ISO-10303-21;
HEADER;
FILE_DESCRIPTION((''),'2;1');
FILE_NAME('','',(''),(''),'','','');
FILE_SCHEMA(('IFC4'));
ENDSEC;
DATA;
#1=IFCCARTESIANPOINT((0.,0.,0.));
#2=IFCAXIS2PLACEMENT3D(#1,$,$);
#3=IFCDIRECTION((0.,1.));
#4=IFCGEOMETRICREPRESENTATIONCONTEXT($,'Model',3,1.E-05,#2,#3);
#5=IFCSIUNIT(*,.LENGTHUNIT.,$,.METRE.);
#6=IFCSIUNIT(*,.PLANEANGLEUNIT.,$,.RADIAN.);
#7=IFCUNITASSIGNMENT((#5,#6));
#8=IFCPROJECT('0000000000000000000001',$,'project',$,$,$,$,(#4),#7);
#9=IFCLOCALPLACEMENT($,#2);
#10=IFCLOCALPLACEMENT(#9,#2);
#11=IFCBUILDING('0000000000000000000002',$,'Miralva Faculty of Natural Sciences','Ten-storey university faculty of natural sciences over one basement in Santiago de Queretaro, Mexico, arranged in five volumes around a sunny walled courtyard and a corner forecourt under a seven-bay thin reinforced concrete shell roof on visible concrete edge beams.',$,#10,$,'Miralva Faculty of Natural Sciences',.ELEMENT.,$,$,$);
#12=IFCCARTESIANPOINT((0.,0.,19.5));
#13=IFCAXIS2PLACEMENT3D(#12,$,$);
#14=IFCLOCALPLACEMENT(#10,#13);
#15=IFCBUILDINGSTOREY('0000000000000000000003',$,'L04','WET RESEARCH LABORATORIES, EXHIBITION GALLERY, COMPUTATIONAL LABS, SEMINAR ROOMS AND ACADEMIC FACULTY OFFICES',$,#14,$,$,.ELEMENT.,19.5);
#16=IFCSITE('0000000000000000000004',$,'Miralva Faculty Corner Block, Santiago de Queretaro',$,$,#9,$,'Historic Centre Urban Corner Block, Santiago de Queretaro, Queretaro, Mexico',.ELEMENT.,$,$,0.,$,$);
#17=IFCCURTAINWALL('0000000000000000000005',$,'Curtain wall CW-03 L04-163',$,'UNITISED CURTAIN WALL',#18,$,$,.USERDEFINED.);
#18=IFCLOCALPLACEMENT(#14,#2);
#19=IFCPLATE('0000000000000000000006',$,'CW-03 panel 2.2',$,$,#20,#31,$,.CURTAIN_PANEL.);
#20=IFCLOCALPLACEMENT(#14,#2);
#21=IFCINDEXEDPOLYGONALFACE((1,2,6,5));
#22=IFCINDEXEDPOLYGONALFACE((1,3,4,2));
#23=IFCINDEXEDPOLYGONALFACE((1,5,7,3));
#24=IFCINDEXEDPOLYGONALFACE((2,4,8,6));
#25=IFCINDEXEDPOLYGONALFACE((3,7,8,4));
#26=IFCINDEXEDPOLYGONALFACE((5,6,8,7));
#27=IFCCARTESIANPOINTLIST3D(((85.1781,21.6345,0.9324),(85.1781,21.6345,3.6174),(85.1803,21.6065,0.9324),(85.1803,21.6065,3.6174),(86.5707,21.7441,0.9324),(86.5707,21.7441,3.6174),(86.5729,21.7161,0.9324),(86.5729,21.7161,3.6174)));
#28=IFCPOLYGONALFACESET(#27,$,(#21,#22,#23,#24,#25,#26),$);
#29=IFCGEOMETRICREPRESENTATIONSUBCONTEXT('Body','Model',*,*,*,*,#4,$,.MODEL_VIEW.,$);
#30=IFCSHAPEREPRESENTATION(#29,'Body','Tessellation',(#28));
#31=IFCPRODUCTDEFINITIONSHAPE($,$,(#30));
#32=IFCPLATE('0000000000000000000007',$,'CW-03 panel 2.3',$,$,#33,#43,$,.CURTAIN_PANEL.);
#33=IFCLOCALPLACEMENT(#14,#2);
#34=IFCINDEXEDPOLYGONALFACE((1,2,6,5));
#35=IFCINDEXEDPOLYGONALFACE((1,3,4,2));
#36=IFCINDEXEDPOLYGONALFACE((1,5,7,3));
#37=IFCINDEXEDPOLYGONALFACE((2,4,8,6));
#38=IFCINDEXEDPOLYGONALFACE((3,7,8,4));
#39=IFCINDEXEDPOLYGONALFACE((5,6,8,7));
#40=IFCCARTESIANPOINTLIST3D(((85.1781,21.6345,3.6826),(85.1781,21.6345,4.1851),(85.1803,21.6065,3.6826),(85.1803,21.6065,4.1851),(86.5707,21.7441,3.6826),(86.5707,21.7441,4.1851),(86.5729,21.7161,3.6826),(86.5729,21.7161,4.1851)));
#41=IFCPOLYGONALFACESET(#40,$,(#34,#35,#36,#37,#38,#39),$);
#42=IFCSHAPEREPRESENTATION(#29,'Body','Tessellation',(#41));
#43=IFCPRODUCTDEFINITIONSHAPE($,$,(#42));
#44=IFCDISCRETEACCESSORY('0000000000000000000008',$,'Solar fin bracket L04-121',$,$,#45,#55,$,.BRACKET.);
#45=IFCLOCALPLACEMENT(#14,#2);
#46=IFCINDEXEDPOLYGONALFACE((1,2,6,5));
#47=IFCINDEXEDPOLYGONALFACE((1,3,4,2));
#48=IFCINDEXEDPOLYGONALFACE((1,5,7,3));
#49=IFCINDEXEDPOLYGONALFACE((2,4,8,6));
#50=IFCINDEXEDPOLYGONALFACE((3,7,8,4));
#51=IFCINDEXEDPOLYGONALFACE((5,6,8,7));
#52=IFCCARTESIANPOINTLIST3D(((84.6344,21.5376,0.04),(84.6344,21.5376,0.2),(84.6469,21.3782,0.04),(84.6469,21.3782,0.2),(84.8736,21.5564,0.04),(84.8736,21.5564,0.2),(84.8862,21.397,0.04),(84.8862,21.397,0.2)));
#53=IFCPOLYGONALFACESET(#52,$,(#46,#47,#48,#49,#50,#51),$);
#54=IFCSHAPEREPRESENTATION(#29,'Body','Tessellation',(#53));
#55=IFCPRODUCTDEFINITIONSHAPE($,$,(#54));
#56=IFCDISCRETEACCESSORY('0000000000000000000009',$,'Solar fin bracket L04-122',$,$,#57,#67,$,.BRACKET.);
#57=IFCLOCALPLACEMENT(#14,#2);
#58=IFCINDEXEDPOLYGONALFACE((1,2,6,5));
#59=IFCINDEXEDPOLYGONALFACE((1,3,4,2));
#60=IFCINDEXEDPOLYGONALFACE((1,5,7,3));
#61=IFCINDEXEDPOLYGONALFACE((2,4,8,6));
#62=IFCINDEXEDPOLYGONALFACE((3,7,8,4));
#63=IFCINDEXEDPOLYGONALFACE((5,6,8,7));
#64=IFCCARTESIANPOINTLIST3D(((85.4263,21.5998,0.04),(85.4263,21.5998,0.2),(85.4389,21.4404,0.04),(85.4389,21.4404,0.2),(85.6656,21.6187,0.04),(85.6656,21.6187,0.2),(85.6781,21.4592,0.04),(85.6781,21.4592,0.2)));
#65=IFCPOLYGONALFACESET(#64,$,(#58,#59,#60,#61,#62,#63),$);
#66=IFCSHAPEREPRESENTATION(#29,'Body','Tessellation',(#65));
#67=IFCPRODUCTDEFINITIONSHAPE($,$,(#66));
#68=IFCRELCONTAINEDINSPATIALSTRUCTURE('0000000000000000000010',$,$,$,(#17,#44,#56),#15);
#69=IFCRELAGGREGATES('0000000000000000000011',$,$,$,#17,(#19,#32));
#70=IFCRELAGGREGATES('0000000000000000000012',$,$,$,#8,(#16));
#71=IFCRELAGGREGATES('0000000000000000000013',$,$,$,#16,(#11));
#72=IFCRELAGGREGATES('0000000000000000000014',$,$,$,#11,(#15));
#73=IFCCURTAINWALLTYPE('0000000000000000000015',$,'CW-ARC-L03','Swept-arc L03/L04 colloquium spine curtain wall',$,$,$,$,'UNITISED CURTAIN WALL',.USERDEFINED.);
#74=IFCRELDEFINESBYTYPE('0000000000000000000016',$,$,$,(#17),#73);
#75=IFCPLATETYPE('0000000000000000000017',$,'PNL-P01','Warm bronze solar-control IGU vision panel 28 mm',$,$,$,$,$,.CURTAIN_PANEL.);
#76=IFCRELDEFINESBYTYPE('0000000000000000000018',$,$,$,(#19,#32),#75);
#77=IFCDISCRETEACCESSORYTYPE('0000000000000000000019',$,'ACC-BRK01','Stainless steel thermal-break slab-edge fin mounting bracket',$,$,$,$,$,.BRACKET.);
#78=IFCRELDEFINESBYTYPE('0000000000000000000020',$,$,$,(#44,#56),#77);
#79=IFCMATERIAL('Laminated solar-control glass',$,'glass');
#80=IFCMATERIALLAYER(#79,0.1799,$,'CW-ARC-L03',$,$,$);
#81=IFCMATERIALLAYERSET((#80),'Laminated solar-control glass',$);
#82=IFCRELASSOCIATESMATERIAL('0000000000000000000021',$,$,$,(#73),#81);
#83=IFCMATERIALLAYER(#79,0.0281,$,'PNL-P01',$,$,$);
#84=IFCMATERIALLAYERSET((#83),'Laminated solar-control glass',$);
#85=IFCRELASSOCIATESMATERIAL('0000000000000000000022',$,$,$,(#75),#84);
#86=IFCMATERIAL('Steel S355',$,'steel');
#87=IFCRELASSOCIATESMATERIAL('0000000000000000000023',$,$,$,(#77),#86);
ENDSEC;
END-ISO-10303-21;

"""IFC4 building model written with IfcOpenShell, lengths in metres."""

from ifc_helpers import new_model, si_unit, direction, frame, origin, origin_2d, place, context, subcontext, project, spatial, rectangle, extrude, material, layer, layer_set, type_object, element, aggregate, save


model = new_model("IFC4")

# Units and contexts
model_context = context("Model", 3, precision=1e-05, world=origin(), true_north=direction((0.0, 1.0)))
body_context = subcontext(model_context, "Body", "Model", "MODEL_VIEW")
ifc_project = project(units=[si_unit("LENGTHUNIT", "METRE"), si_unit("PLANEANGLEUNIT", "RADIAN")], contexts=[model_context])

# Site, building, storey
site_placement = place(None, origin())
site = spatial("IfcSite", under=ifc_project, at=site_placement, Name="Miralva Faculty Corner Block, Santiago de Queretaro", LongName="Historic Centre Urban Corner Block, Santiago de Queretaro, Queretaro, Mexico", CompositionType="ELEMENT", RefElevation=0.0)
building_placement = place(site_placement, origin())
building = spatial("IfcBuilding", under=site, at=building_placement, Name="Miralva Faculty of Natural Sciences", Description="Ten-storey university faculty of natural sciences over one basement in Santiago de Queretaro, Mexico, arranged in five volumes around a sunny walled courtyard and a corner forecourt under a seven-bay thin reinforced concrete shell roof on visible concrete edge beams.", LongName="Miralva Faculty of Natural Sciences", CompositionType="ELEMENT")
storey_placement = place(building_placement, frame((0.0, 0.0, 19.5)))
storey = spatial("IfcBuildingStorey", under=building, at=storey_placement, Name="L04", Description="WET RESEARCH LABORATORIES, EXHIBITION GALLERY, COMPUTATIONAL LABS, SEMINAR ROOMS AND ACADEMIC FACULTY OFFICES", CompositionType="ELEMENT", Elevation=19.5)

# Shared definitions
ifc_material_1 = material(Name="Laminated solar-control glass", Category="glass")
ifc_layer_1 = layer(ifc_material_1, 0.1799, Name="CW-ARC-L03")
ifc_layer_set_1 = layer_set([ifc_layer_1], Name="Laminated solar-control glass")
curtain_wall_type = type_object("IfcCurtainWallType", Name="CW-ARC-L03", Description="Swept-arc L03/L04 colloquium spine curtain wall", ElementType="UNITISED CURTAIN WALL", PredefinedType="USERDEFINED", material=ifc_layer_set_1)

# Curtain wall
curtain_wall_1_placement = place(storey_placement, origin())
curtain_wall_1 = element("IfcCurtainWall", 1, at=curtain_wall_1_placement, inside=storey, type_object=curtain_wall_type, Name="Curtain wall CW-03 L04-163", ObjectType="UNITISED CURTAIN WALL", PredefinedType="USERDEFINED")

# Plates
ifc_layer_2 = layer(ifc_material_1, 0.0281, Name="PNL-P01")
ifc_layer_set_2 = layer_set([ifc_layer_2], Name="Laminated solar-control glass")
plate_type = type_object("IfcPlateType", Name="PNL-P01", Description="Warm bronze solar-control IGU vision panel 28 mm", PredefinedType="CURTAIN_PANEL", material=ifc_layer_set_2)
plate_1_placement = place(storey_placement, frame((85.8755, 21.6753, 0.9324), z_axis=(0.0, 0.0, 1.0), x_axis=(0.996917, 0.078459, 0.0)))
plate_1 = element("IfcPlate", 2, at=plate_1_placement, type_object=plate_type, Name="CW-03 panel 2.2", PredefinedType="CURTAIN_PANEL", context=body_context, shape_type="SweptSolid", body=[
    extrude(rectangle(XDim=1.397, YDim=0.0281, at=origin_2d()), origin(), (0.0, 0.0, 1.0), 2.6851),
])
plate_2_placement = place(storey_placement, frame((85.8755, 21.6753, 3.6826), z_axis=(0.0, 0.0, 1.0), x_axis=(0.996917, 0.078459, 0.0)))
plate_2 = element("IfcPlate", 3, at=plate_2_placement, type_object=plate_type, Name="CW-03 panel 2.3", PredefinedType="CURTAIN_PANEL", context=body_context, shape_type="SweptSolid", body=[
    extrude(rectangle(XDim=1.397, YDim=0.0281, at=origin_2d()), origin(), (0.0, 0.0, 1.0), 0.5024),
])
aggregate(curtain_wall_1, [plate_1, plate_2])

# Discrete accessories
ifc_material_2 = material(Name="Steel S355", Category="steel")
discrete_accessory_type = type_object("IfcDiscreteAccessoryType", Name="ACC-BRK01", Description="Stainless steel thermal-break slab-edge fin mounting bracket", PredefinedType="BRACKET", material=ifc_material_2)
for number, where, z_axis, x_axis, name in (
    (4, (84.7603, 21.4673, 0.04), (0.0, 0.0, 1.0), (0.078459, -0.996917, 0.0), "Solar fin bracket L04-121"),
    (5, (85.5522, 21.5295, 0.04), (0.0, 0.0, 1.0), (0.078459, -0.996917, 0.0), "Solar fin bracket L04-122"),
):
    element("IfcDiscreteAccessory", number, at=place(storey_placement, frame(where, z_axis=z_axis, x_axis=x_axis)), inside=storey, type_object=discrete_accessory_type, Name=name, PredefinedType="BRACKET", context=body_context, shape_type="SweptSolid", body=[
        extrude(rectangle(XDim=0.1599, YDim=0.24, at=origin_2d()), origin(), (0.0, 0.0, 1.0), 0.1599),
    ])

save(model, "model.ifc")
